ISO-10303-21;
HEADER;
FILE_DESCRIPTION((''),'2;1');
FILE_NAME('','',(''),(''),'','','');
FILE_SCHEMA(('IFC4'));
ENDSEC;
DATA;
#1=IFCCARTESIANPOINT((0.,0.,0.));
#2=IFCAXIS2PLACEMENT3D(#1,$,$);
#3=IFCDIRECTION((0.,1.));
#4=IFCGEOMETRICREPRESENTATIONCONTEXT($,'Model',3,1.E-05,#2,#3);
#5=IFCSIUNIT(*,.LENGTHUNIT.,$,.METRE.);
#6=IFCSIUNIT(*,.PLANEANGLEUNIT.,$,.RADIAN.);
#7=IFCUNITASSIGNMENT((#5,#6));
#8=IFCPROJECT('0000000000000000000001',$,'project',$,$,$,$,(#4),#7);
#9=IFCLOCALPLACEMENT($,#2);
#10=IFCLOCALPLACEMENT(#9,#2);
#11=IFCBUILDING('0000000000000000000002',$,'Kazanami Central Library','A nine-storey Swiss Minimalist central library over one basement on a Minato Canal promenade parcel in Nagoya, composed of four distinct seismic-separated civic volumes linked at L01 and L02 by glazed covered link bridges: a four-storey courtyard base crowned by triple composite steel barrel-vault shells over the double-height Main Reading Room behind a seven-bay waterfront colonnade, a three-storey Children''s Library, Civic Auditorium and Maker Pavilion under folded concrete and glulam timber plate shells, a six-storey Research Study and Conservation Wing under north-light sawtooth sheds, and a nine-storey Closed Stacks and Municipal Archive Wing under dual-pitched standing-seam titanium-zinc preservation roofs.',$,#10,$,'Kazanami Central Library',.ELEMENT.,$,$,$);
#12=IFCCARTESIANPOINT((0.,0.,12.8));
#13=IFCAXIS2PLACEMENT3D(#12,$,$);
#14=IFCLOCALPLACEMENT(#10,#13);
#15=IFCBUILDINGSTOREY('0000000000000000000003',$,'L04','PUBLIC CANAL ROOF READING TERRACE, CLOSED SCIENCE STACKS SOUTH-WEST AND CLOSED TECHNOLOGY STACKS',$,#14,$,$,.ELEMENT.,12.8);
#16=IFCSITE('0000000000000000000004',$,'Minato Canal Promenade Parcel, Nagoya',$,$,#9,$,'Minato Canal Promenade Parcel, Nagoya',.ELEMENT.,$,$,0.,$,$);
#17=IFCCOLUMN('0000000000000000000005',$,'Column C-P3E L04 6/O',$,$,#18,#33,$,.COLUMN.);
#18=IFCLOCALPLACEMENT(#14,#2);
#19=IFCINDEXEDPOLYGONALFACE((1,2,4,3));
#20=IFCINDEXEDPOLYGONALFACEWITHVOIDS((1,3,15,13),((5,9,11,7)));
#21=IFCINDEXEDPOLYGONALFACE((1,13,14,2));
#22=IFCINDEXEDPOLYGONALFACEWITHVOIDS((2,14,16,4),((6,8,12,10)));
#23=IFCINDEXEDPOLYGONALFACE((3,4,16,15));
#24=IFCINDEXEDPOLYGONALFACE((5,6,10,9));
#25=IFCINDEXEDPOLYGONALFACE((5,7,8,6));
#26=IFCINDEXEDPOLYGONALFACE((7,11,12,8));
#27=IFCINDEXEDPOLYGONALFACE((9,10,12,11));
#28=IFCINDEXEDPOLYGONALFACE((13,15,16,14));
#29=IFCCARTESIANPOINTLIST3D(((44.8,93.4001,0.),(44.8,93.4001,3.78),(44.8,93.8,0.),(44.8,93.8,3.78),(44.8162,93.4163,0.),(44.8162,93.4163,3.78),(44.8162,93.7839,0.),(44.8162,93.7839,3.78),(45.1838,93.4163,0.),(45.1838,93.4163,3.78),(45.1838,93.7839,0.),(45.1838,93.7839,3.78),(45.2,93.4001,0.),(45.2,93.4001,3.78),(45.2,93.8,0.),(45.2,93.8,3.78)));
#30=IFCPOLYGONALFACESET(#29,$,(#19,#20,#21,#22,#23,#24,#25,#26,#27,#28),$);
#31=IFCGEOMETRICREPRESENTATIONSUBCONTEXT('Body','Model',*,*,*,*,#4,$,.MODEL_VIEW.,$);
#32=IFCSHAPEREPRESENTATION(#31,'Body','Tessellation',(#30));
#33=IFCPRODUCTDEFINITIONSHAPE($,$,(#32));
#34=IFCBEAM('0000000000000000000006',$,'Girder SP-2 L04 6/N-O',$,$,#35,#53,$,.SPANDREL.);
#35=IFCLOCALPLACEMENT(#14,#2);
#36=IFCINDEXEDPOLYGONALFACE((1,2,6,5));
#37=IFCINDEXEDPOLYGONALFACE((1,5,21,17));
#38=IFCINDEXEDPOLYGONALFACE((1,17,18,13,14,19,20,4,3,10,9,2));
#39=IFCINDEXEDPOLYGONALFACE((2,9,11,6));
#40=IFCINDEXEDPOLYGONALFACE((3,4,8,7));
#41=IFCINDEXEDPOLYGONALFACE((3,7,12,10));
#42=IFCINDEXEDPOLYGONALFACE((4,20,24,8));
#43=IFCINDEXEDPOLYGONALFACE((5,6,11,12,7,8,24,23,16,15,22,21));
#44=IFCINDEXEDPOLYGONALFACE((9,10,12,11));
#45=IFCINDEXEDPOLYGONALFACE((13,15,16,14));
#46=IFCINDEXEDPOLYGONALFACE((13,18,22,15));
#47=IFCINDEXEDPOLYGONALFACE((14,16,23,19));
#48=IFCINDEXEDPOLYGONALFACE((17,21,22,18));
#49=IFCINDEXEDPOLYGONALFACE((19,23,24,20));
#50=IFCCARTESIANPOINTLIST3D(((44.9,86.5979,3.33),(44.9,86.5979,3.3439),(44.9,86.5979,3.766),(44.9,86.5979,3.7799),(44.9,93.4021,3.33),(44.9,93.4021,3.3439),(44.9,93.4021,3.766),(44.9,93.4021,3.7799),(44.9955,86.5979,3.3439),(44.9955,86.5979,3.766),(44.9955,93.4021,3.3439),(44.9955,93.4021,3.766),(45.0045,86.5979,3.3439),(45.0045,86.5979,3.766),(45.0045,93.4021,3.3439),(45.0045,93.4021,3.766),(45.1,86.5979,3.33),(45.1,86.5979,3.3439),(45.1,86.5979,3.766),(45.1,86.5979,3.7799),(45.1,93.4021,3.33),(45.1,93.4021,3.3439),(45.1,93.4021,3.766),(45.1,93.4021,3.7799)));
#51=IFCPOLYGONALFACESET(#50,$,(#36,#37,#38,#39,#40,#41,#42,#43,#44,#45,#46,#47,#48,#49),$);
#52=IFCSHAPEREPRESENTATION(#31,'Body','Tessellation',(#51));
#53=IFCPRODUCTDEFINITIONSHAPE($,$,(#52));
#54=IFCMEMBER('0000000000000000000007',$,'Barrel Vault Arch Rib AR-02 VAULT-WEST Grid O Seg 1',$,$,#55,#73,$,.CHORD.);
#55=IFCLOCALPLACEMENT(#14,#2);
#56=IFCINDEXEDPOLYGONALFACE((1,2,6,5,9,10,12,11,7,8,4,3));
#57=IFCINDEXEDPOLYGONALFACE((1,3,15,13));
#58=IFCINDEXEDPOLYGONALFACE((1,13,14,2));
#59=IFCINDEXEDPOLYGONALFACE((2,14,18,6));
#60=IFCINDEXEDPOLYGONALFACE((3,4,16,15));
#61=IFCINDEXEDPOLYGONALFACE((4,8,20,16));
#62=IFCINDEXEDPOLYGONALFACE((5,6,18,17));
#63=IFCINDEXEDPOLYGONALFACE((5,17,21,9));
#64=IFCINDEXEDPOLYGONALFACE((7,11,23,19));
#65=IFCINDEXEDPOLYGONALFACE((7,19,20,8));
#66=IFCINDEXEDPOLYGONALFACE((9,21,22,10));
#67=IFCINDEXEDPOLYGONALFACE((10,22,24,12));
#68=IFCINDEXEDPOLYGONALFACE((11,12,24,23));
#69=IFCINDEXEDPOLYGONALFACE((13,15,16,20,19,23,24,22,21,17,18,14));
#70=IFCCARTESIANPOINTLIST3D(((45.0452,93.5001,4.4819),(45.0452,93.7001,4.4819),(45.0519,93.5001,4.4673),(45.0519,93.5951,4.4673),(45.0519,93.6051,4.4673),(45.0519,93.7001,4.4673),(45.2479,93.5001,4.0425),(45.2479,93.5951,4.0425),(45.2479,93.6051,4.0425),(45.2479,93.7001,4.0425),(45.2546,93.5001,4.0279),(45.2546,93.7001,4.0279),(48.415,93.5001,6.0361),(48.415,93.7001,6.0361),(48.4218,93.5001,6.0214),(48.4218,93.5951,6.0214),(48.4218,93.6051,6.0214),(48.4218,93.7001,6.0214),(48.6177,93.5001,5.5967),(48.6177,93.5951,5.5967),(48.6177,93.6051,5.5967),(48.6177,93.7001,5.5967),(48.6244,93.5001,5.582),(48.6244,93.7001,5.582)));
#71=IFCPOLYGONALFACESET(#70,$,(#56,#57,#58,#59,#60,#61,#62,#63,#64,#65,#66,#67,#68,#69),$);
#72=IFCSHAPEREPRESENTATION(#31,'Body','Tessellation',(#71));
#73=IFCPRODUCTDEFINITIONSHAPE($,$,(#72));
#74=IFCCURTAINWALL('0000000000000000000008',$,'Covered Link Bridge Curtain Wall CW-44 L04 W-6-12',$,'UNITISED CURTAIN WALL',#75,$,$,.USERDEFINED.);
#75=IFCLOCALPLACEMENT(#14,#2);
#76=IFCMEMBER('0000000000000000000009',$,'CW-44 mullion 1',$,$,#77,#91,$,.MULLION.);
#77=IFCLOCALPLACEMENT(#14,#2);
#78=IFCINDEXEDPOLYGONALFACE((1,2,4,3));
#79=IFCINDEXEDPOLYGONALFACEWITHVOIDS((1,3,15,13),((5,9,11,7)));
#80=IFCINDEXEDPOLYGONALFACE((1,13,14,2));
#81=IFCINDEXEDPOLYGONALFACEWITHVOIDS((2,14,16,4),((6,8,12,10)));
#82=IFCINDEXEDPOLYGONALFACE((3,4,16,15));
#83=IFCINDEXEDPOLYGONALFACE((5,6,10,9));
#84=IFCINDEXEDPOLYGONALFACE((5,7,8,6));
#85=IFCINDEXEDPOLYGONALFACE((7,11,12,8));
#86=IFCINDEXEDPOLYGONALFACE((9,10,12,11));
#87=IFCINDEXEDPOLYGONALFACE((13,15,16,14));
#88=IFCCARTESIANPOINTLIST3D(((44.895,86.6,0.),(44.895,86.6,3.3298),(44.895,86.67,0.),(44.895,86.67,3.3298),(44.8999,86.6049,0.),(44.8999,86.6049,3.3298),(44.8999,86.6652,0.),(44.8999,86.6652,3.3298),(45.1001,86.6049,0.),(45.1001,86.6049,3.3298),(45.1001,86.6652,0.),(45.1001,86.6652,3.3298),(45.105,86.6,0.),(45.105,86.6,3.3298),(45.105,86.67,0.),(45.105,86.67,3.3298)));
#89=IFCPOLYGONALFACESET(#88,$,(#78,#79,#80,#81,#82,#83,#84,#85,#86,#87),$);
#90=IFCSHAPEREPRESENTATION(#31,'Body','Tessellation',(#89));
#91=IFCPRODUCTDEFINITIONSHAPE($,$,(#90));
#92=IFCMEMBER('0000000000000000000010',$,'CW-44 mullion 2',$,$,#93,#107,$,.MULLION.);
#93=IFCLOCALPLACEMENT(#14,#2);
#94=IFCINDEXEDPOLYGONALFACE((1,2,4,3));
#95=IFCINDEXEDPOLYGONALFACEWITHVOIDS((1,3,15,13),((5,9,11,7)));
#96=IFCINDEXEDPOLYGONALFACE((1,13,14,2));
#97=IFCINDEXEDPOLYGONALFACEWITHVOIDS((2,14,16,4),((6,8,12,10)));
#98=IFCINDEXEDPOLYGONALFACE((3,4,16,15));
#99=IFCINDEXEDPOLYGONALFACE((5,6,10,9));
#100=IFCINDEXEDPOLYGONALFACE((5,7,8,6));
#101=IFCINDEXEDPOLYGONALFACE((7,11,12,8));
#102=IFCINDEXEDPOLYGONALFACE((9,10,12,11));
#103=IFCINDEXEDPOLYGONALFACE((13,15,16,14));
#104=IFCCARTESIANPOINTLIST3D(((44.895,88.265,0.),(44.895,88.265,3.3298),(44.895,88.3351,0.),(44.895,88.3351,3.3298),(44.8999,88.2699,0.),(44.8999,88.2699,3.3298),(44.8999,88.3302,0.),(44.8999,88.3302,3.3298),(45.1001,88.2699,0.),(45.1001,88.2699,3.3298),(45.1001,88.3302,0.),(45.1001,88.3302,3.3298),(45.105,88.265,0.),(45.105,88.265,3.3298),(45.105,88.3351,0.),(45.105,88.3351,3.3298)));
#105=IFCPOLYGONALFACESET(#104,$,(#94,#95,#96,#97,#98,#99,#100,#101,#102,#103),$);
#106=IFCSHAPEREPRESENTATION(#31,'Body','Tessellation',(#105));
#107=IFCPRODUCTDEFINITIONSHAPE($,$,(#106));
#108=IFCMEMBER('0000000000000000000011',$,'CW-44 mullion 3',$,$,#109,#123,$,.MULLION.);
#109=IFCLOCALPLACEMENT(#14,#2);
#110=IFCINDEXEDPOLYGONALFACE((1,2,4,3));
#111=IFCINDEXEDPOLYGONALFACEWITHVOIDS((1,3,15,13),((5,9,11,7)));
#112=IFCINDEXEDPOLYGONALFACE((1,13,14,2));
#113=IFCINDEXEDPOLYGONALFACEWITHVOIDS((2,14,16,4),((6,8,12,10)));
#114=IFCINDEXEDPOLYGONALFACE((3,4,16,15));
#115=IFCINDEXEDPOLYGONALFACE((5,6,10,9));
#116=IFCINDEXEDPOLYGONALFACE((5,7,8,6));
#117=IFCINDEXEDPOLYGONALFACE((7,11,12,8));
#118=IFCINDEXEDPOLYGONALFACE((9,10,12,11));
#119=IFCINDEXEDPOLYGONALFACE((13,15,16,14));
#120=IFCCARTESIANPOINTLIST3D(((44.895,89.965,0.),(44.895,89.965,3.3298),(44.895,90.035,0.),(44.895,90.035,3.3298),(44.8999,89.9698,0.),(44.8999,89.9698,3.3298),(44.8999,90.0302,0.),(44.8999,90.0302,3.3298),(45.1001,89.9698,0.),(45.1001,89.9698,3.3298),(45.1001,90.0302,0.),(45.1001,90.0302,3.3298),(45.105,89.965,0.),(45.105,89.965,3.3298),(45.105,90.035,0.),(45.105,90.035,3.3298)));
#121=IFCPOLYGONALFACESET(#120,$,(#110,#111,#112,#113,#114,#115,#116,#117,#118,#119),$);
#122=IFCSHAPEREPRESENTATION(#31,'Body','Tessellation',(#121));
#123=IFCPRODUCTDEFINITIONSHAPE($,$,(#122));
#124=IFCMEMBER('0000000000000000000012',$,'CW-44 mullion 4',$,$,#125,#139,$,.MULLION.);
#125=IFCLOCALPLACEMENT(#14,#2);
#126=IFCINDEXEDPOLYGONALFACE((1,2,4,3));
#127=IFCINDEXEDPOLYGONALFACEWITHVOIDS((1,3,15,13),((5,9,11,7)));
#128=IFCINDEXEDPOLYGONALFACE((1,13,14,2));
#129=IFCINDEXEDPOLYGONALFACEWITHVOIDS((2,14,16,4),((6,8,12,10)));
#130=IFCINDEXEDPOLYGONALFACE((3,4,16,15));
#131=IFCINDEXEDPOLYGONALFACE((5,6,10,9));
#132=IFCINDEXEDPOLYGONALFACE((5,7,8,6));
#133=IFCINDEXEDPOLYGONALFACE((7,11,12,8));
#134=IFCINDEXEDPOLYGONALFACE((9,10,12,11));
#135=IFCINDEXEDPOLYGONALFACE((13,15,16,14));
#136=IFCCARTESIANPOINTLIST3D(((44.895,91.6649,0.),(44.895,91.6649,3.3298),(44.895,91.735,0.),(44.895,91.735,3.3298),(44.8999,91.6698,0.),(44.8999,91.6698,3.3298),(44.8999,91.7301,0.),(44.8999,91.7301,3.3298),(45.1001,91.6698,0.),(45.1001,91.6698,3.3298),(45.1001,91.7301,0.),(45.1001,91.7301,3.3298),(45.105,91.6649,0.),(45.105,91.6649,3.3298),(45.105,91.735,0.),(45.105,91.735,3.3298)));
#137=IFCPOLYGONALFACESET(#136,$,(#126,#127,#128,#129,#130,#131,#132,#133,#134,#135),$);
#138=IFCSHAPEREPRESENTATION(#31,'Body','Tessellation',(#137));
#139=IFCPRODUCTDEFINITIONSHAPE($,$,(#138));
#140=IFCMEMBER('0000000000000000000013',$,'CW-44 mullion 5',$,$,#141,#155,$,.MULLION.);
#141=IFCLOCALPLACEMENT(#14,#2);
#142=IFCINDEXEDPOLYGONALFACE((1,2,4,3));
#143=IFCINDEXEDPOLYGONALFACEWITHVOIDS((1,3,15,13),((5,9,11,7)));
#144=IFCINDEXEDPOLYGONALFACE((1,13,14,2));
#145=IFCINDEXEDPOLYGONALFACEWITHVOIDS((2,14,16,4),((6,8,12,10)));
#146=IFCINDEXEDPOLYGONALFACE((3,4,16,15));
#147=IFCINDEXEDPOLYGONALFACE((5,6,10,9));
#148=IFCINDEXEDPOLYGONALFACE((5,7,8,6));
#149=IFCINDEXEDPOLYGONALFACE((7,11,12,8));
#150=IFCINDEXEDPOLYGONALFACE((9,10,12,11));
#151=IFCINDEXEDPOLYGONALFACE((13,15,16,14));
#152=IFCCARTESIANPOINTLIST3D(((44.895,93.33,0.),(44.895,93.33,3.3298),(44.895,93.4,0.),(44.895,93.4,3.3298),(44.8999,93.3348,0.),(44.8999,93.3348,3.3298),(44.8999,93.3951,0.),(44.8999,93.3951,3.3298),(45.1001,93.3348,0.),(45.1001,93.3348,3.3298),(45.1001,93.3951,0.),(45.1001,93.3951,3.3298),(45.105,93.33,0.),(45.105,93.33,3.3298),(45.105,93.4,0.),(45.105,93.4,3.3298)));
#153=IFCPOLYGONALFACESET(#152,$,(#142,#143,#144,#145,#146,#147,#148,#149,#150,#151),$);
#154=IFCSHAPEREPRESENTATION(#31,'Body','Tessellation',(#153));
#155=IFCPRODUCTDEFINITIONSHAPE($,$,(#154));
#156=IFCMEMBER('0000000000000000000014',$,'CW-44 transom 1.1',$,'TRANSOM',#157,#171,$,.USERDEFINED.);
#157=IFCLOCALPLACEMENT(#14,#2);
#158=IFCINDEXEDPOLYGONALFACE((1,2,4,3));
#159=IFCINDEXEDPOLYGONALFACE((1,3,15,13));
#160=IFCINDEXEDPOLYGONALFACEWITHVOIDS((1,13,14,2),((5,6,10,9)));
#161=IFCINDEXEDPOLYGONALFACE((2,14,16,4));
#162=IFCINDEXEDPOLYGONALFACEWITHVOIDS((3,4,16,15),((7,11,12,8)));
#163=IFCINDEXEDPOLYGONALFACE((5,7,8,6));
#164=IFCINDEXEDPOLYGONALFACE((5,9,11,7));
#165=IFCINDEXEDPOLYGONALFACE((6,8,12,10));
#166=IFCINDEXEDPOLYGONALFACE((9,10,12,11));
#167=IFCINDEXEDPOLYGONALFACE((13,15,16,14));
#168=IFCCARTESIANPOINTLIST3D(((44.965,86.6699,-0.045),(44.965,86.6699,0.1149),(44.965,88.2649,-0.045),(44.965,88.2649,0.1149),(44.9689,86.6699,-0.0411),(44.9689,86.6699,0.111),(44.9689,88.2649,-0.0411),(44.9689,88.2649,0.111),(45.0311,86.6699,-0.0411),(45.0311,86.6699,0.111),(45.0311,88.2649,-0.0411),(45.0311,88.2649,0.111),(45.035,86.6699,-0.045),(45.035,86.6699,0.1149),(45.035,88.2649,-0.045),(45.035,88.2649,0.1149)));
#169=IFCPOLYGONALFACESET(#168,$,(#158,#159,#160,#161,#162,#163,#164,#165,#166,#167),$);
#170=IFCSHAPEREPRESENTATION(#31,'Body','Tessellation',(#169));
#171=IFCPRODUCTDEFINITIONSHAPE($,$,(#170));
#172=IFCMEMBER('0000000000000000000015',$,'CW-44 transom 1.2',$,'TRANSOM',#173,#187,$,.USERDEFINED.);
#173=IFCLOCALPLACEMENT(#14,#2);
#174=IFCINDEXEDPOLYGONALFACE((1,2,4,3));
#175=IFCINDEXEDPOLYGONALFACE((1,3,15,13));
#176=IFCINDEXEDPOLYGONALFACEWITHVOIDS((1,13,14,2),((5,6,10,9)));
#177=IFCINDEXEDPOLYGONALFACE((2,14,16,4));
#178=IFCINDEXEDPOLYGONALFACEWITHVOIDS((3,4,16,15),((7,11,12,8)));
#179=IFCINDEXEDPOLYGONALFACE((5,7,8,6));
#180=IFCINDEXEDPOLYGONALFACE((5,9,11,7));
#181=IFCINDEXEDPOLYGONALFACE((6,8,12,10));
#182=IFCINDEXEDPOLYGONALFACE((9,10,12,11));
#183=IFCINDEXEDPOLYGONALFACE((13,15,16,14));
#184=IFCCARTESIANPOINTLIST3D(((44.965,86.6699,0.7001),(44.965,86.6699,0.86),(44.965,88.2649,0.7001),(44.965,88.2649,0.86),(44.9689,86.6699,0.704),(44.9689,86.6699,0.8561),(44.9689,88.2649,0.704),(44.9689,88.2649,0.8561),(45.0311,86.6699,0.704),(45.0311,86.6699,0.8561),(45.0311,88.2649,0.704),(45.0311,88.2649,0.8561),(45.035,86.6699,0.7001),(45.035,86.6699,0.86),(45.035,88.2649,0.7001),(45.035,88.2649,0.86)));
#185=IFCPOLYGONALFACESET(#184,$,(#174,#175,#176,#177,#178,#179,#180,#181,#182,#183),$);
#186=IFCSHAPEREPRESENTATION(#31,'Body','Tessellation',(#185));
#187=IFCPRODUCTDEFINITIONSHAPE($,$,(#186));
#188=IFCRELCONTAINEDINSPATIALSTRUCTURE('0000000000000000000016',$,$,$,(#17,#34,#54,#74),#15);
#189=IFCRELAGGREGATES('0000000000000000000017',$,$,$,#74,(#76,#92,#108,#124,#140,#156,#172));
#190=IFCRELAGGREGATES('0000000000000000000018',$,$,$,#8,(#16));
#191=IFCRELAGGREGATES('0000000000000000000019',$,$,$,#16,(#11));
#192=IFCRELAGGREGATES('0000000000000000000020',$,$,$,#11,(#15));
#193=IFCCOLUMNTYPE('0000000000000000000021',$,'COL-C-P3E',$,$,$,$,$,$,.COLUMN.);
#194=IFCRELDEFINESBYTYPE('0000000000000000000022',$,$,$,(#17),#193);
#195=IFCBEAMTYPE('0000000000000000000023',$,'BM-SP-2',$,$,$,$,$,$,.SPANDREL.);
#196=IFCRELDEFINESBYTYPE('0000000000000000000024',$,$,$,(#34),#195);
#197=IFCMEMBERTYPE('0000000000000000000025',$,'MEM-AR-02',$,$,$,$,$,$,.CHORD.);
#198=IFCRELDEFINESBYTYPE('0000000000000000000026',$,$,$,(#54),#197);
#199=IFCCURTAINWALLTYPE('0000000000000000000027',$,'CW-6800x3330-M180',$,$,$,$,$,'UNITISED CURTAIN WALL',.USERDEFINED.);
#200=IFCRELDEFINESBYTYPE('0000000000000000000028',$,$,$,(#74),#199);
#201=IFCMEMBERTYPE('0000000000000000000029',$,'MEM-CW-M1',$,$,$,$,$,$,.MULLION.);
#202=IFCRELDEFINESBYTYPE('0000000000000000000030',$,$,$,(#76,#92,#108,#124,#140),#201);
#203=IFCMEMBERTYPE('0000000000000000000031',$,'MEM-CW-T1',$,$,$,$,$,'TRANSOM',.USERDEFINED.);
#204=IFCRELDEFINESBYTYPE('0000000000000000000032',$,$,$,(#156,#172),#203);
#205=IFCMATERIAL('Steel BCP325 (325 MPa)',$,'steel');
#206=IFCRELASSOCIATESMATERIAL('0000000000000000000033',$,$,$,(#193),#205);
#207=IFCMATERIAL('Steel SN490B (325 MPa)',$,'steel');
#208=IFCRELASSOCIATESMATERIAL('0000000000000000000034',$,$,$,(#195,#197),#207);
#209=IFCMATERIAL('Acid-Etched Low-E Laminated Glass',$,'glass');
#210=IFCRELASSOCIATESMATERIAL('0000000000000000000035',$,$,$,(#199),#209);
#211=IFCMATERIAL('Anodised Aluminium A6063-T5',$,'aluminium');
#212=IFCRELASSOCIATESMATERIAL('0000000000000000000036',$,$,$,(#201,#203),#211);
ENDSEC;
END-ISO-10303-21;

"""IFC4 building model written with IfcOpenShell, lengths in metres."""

from ifc_helpers import new_model, si_unit, direction, frame, origin, origin_2d, place, context, subcontext, project, spatial, hollow_rectangle, i_section, extrude, material, material_profile, profile_set, type_object, element, aggregate, save


model = new_model("IFC4")

# Units and contexts
model_context = context("Model", 3, precision=1e-05, world=origin(), true_north=direction((0.0, 1.0)))
body_context = subcontext(model_context, "Body", "Model", "MODEL_VIEW")
ifc_project = project(units=[si_unit("LENGTHUNIT", "METRE"), si_unit("PLANEANGLEUNIT", "RADIAN")], contexts=[model_context])

# Site, building, storey
site_placement = place(None, origin())
site = spatial("IfcSite", under=ifc_project, at=site_placement, Name="Minato Canal Promenade Parcel, Nagoya", LongName="Minato Canal Promenade Parcel, Nagoya", CompositionType="ELEMENT", RefElevation=0.0)
building_placement = place(site_placement, origin())
building = spatial("IfcBuilding", under=site, at=building_placement, Name="Kazanami Central Library", Description="A nine-storey Swiss Minimalist central library over one basement on a Minato Canal promenade parcel in Nagoya, composed of four distinct seismic-separated civic volumes linked at L01 and L02 by glazed covered link bridges: a four-storey courtyard base crowned by triple composite steel barrel-vault shells over the double-height Main Reading Room behind a seven-bay waterfront colonnade, a three-storey Children's Library, Civic Auditorium and Maker Pavilion under folded concrete and glulam timber plate shells, a six-storey Research Study and Conservation Wing under north-light sawtooth sheds, and a nine-storey Closed Stacks and Municipal Archive Wing under dual-pitched standing-seam titanium-zinc preservation roofs.", LongName="Kazanami Central Library", CompositionType="ELEMENT")
storey_placement = place(building_placement, frame((0.0, 0.0, 12.8)))
storey = spatial("IfcBuildingStorey", under=building, at=storey_placement, Name="L04", Description="PUBLIC CANAL ROOF READING TERRACE, CLOSED SCIENCE STACKS SOUTH-WEST AND CLOSED TECHNOLOGY STACKS", CompositionType="ELEMENT", Elevation=12.8)

# Column
ifc_material_1 = material(Name="Steel BCP325 (325 MPa)", Category="steel")
ifc_material_profile_1 = material_profile(ifc_material_1, hollow_rectangle(XDim=0.3999, YDim=0.3999, WallThickness=0.0161, at=origin_2d()), Name="BCP-400x400x16")
ifc_profile_set_1 = profile_set([ifc_material_profile_1], Name="Steel BCP325 (325 MPa)")
column_type = type_object("IfcColumnType", Name="COL-C-P3E", PredefinedType="COLUMN", material=ifc_profile_set_1)
column_placement = place(storey_placement, frame((45.0, 93.6001, 0.0), z_axis=(0.0, 0.0, 1.0), x_axis=(1.0, 0.0, 0.0)))
element("IfcColumn", 1, at=column_placement, inside=storey, type_object=column_type, Name="Column C-P3E L04 6/O", PredefinedType="COLUMN", context=body_context, shape_type="SweptSolid", body=[
    extrude(hollow_rectangle(XDim=0.3999, YDim=0.3999, WallThickness=0.0161, at=origin_2d()), origin(), (0.0, 0.0, 1.0), 3.78),
])

# Beam
ifc_material_2 = material(Name="Steel SN490B (325 MPa)", Category="steel")
ifc_material_profile_2 = material_profile(ifc_material_2, i_section(OverallWidth=0.2, OverallDepth=0.45, WebThickness=0.009, FlangeThickness=0.0139, at=origin_2d()), Name="H-450x200x9x14")
ifc_profile_set_2 = profile_set([ifc_material_profile_2], Name="Steel SN490B (325 MPa)")
beam_type = type_object("IfcBeamType", Name="BM-SP-2", PredefinedType="SPANDREL", material=ifc_profile_set_2)
beam_placement = place(storey_placement, frame((45.0, 86.5979, 3.5549), z_axis=(0.0, 1.0, 0.0), x_axis=(-1.0, 0.0, 0.0)))
element("IfcBeam", 2, at=beam_placement, inside=storey, type_object=beam_type, Name="Girder SP-2 L04 6/N-O", PredefinedType="SPANDREL", context=body_context, shape_type="SweptSolid", body=[
    extrude(i_section(OverallWidth=0.2, OverallDepth=0.45, WebThickness=0.009, FlangeThickness=0.0139, at=origin_2d()), origin(), (0.0, 0.0, 1.0), 6.8042),
])

# Member
ifc_material_profile_3 = material_profile(ifc_material_2, i_section(OverallWidth=0.2, OverallDepth=0.5, WebThickness=0.01, FlangeThickness=0.0161, at=origin_2d()), Name="H-500x200x10x16")
ifc_profile_set_3 = profile_set([ifc_material_profile_3], Name="Steel SN490B (325 MPa)")
member_type_1 = type_object("IfcMemberType", Name="MEM-AR-02", PredefinedType="CHORD", material=ifc_profile_set_3)
member_1_placement = place(storey_placement, frame((45.1499, 93.6001, 4.2549), z_axis=(0.908075, 0.0, 0.418808), x_axis=(0.0, 1.0, 0.0)))
element("IfcMember", 3, at=member_1_placement, inside=storey, type_object=member_type_1, Name="Barrel Vault Arch Rib AR-02 VAULT-WEST Grid O Seg 1", PredefinedType="CHORD", context=body_context, shape_type="SweptSolid", body=[
    extrude(i_section(OverallWidth=0.2, OverallDepth=0.5, WebThickness=0.01, FlangeThickness=0.0161, at=origin_2d()), origin(), (0.0, 0.0, 1.0), 3.7109),
])

# Curtain wall, members
ifc_material_3 = material(Name="Acid-Etched Low-E Laminated Glass", Category="glass")
curtain_wall_type = type_object("IfcCurtainWallType", Name="CW-6800x3330-M180", ElementType="UNITISED CURTAIN WALL", PredefinedType="USERDEFINED", material=ifc_material_3)
curtain_wall_placement = place(storey_placement, origin())
curtain_wall = element("IfcCurtainWall", 4, at=curtain_wall_placement, inside=storey, type_object=curtain_wall_type, Name="Covered Link Bridge Curtain Wall CW-44 L04 W-6-12", ObjectType="UNITISED CURTAIN WALL", PredefinedType="USERDEFINED")
ifc_material_4 = material(Name="Anodised Aluminium A6063-T5", Category="aluminium")
ifc_material_profile_4 = material_profile(ifc_material_4, hollow_rectangle(XDim=0.0701, YDim=0.21, WallThickness=0.0049, at=origin_2d()), Name="ALU-MULL-70x210x5")
ifc_profile_set_4 = profile_set([ifc_material_profile_4], Name="Anodised Aluminium A6063-T5")
member_type_2 = type_object("IfcMemberType", Name="MEM-CW-M1", PredefinedType="MULLION", material=ifc_profile_set_4)
member_2_placement = place(storey_placement, frame((45.0, 86.635, 0.0), z_axis=(0.0, 0.0, 1.0), x_axis=(0.0, 1.0, 0.0)))
member_2 = element("IfcMember", 5, at=member_2_placement, type_object=member_type_2, Name="CW-44 mullion 1", PredefinedType="MULLION", context=body_context, shape_type="SweptSolid", body=[
    extrude(hollow_rectangle(XDim=0.0701, YDim=0.21, WallThickness=0.0049, at=origin_2d()), origin(), (0.0, 0.0, 1.0), 3.3298),
])
member_3_placement = place(storey_placement, frame((45.0, 88.3, 0.0), z_axis=(0.0, 0.0, 1.0), x_axis=(0.0, 1.0, 0.0)))
member_3 = element("IfcMember", 6, at=member_3_placement, type_object=member_type_2, Name="CW-44 mullion 2", PredefinedType="MULLION", context=body_context, shape_type="SweptSolid", body=[
    extrude(hollow_rectangle(XDim=0.0701, YDim=0.21, WallThickness=0.0049, at=origin_2d()), origin(), (0.0, 0.0, 1.0), 3.3298),
])
member_4_placement = place(storey_placement, frame((45.0, 90.0, 0.0), z_axis=(0.0, 0.0, 1.0), x_axis=(0.0, 1.0, 0.0)))
member_4 = element("IfcMember", 7, at=member_4_placement, type_object=member_type_2, Name="CW-44 mullion 3", PredefinedType="MULLION", context=body_context, shape_type="SweptSolid", body=[
    extrude(hollow_rectangle(XDim=0.0701, YDim=0.21, WallThickness=0.0049, at=origin_2d()), origin(), (0.0, 0.0, 1.0), 3.3298),
])
member_5_placement = place(storey_placement, frame((45.0, 91.7, 0.0), z_axis=(0.0, 0.0, 1.0), x_axis=(0.0, 1.0, 0.0)))
member_5 = element("IfcMember", 8, at=member_5_placement, type_object=member_type_2, Name="CW-44 mullion 4", PredefinedType="MULLION", context=body_context, shape_type="SweptSolid", body=[
    extrude(hollow_rectangle(XDim=0.0701, YDim=0.21, WallThickness=0.0049, at=origin_2d()), origin(), (0.0, 0.0, 1.0), 3.3298),
])
member_6_placement = place(storey_placement, frame((45.0, 93.365, 0.0), z_axis=(0.0, 0.0, 1.0), x_axis=(0.0, 1.0, 0.0)))
member_6 = element("IfcMember", 9, at=member_6_placement, type_object=member_type_2, Name="CW-44 mullion 5", PredefinedType="MULLION", context=body_context, shape_type="SweptSolid", body=[
    extrude(hollow_rectangle(XDim=0.0701, YDim=0.21, WallThickness=0.0049, at=origin_2d()), origin(), (0.0, 0.0, 1.0), 3.3298),
])
ifc_material_profile_5 = material_profile(ifc_material_4, hollow_rectangle(XDim=0.0701, YDim=0.1599, WallThickness=0.0039, at=origin_2d()), Name="ALU-TRAN-70x160x4")
ifc_profile_set_5 = profile_set([ifc_material_profile_5], Name="Anodised Aluminium A6063-T5")
member_type_3 = type_object("IfcMemberType", Name="MEM-CW-T1", ElementType="TRANSOM", PredefinedType="USERDEFINED", material=ifc_profile_set_5)
member_7_placement = place(storey_placement, frame((45.0, 86.6699, 0.0349), z_axis=(0.0, 1.0, 0.0), x_axis=(-1.0, 0.0, 0.0)))
member_7 = element("IfcMember", 10, at=member_7_placement, type_object=member_type_3, Name="CW-44 transom 1.1", ObjectType="TRANSOM", PredefinedType="USERDEFINED", context=body_context, shape_type="SweptSolid", body=[
    extrude(hollow_rectangle(XDim=0.0701, YDim=0.1599, WallThickness=0.0039, at=origin_2d()), origin(), (0.0, 0.0, 1.0), 1.595),
])
member_8_placement = place(storey_placement, frame((45.0, 86.6699, 0.78), z_axis=(0.0, 1.0, 0.0), x_axis=(-1.0, 0.0, 0.0)))
member_8 = element("IfcMember", 11, at=member_8_placement, type_object=member_type_3, Name="CW-44 transom 1.2", ObjectType="TRANSOM", PredefinedType="USERDEFINED", context=body_context, shape_type="SweptSolid", body=[
    extrude(hollow_rectangle(XDim=0.0701, YDim=0.1599, WallThickness=0.0039, at=origin_2d()), origin(), (0.0, 0.0, 1.0), 1.595),
])
aggregate(curtain_wall, [member_2, member_3, member_4, member_5, member_6, member_7, member_8])

save(model, "model.ifc")
